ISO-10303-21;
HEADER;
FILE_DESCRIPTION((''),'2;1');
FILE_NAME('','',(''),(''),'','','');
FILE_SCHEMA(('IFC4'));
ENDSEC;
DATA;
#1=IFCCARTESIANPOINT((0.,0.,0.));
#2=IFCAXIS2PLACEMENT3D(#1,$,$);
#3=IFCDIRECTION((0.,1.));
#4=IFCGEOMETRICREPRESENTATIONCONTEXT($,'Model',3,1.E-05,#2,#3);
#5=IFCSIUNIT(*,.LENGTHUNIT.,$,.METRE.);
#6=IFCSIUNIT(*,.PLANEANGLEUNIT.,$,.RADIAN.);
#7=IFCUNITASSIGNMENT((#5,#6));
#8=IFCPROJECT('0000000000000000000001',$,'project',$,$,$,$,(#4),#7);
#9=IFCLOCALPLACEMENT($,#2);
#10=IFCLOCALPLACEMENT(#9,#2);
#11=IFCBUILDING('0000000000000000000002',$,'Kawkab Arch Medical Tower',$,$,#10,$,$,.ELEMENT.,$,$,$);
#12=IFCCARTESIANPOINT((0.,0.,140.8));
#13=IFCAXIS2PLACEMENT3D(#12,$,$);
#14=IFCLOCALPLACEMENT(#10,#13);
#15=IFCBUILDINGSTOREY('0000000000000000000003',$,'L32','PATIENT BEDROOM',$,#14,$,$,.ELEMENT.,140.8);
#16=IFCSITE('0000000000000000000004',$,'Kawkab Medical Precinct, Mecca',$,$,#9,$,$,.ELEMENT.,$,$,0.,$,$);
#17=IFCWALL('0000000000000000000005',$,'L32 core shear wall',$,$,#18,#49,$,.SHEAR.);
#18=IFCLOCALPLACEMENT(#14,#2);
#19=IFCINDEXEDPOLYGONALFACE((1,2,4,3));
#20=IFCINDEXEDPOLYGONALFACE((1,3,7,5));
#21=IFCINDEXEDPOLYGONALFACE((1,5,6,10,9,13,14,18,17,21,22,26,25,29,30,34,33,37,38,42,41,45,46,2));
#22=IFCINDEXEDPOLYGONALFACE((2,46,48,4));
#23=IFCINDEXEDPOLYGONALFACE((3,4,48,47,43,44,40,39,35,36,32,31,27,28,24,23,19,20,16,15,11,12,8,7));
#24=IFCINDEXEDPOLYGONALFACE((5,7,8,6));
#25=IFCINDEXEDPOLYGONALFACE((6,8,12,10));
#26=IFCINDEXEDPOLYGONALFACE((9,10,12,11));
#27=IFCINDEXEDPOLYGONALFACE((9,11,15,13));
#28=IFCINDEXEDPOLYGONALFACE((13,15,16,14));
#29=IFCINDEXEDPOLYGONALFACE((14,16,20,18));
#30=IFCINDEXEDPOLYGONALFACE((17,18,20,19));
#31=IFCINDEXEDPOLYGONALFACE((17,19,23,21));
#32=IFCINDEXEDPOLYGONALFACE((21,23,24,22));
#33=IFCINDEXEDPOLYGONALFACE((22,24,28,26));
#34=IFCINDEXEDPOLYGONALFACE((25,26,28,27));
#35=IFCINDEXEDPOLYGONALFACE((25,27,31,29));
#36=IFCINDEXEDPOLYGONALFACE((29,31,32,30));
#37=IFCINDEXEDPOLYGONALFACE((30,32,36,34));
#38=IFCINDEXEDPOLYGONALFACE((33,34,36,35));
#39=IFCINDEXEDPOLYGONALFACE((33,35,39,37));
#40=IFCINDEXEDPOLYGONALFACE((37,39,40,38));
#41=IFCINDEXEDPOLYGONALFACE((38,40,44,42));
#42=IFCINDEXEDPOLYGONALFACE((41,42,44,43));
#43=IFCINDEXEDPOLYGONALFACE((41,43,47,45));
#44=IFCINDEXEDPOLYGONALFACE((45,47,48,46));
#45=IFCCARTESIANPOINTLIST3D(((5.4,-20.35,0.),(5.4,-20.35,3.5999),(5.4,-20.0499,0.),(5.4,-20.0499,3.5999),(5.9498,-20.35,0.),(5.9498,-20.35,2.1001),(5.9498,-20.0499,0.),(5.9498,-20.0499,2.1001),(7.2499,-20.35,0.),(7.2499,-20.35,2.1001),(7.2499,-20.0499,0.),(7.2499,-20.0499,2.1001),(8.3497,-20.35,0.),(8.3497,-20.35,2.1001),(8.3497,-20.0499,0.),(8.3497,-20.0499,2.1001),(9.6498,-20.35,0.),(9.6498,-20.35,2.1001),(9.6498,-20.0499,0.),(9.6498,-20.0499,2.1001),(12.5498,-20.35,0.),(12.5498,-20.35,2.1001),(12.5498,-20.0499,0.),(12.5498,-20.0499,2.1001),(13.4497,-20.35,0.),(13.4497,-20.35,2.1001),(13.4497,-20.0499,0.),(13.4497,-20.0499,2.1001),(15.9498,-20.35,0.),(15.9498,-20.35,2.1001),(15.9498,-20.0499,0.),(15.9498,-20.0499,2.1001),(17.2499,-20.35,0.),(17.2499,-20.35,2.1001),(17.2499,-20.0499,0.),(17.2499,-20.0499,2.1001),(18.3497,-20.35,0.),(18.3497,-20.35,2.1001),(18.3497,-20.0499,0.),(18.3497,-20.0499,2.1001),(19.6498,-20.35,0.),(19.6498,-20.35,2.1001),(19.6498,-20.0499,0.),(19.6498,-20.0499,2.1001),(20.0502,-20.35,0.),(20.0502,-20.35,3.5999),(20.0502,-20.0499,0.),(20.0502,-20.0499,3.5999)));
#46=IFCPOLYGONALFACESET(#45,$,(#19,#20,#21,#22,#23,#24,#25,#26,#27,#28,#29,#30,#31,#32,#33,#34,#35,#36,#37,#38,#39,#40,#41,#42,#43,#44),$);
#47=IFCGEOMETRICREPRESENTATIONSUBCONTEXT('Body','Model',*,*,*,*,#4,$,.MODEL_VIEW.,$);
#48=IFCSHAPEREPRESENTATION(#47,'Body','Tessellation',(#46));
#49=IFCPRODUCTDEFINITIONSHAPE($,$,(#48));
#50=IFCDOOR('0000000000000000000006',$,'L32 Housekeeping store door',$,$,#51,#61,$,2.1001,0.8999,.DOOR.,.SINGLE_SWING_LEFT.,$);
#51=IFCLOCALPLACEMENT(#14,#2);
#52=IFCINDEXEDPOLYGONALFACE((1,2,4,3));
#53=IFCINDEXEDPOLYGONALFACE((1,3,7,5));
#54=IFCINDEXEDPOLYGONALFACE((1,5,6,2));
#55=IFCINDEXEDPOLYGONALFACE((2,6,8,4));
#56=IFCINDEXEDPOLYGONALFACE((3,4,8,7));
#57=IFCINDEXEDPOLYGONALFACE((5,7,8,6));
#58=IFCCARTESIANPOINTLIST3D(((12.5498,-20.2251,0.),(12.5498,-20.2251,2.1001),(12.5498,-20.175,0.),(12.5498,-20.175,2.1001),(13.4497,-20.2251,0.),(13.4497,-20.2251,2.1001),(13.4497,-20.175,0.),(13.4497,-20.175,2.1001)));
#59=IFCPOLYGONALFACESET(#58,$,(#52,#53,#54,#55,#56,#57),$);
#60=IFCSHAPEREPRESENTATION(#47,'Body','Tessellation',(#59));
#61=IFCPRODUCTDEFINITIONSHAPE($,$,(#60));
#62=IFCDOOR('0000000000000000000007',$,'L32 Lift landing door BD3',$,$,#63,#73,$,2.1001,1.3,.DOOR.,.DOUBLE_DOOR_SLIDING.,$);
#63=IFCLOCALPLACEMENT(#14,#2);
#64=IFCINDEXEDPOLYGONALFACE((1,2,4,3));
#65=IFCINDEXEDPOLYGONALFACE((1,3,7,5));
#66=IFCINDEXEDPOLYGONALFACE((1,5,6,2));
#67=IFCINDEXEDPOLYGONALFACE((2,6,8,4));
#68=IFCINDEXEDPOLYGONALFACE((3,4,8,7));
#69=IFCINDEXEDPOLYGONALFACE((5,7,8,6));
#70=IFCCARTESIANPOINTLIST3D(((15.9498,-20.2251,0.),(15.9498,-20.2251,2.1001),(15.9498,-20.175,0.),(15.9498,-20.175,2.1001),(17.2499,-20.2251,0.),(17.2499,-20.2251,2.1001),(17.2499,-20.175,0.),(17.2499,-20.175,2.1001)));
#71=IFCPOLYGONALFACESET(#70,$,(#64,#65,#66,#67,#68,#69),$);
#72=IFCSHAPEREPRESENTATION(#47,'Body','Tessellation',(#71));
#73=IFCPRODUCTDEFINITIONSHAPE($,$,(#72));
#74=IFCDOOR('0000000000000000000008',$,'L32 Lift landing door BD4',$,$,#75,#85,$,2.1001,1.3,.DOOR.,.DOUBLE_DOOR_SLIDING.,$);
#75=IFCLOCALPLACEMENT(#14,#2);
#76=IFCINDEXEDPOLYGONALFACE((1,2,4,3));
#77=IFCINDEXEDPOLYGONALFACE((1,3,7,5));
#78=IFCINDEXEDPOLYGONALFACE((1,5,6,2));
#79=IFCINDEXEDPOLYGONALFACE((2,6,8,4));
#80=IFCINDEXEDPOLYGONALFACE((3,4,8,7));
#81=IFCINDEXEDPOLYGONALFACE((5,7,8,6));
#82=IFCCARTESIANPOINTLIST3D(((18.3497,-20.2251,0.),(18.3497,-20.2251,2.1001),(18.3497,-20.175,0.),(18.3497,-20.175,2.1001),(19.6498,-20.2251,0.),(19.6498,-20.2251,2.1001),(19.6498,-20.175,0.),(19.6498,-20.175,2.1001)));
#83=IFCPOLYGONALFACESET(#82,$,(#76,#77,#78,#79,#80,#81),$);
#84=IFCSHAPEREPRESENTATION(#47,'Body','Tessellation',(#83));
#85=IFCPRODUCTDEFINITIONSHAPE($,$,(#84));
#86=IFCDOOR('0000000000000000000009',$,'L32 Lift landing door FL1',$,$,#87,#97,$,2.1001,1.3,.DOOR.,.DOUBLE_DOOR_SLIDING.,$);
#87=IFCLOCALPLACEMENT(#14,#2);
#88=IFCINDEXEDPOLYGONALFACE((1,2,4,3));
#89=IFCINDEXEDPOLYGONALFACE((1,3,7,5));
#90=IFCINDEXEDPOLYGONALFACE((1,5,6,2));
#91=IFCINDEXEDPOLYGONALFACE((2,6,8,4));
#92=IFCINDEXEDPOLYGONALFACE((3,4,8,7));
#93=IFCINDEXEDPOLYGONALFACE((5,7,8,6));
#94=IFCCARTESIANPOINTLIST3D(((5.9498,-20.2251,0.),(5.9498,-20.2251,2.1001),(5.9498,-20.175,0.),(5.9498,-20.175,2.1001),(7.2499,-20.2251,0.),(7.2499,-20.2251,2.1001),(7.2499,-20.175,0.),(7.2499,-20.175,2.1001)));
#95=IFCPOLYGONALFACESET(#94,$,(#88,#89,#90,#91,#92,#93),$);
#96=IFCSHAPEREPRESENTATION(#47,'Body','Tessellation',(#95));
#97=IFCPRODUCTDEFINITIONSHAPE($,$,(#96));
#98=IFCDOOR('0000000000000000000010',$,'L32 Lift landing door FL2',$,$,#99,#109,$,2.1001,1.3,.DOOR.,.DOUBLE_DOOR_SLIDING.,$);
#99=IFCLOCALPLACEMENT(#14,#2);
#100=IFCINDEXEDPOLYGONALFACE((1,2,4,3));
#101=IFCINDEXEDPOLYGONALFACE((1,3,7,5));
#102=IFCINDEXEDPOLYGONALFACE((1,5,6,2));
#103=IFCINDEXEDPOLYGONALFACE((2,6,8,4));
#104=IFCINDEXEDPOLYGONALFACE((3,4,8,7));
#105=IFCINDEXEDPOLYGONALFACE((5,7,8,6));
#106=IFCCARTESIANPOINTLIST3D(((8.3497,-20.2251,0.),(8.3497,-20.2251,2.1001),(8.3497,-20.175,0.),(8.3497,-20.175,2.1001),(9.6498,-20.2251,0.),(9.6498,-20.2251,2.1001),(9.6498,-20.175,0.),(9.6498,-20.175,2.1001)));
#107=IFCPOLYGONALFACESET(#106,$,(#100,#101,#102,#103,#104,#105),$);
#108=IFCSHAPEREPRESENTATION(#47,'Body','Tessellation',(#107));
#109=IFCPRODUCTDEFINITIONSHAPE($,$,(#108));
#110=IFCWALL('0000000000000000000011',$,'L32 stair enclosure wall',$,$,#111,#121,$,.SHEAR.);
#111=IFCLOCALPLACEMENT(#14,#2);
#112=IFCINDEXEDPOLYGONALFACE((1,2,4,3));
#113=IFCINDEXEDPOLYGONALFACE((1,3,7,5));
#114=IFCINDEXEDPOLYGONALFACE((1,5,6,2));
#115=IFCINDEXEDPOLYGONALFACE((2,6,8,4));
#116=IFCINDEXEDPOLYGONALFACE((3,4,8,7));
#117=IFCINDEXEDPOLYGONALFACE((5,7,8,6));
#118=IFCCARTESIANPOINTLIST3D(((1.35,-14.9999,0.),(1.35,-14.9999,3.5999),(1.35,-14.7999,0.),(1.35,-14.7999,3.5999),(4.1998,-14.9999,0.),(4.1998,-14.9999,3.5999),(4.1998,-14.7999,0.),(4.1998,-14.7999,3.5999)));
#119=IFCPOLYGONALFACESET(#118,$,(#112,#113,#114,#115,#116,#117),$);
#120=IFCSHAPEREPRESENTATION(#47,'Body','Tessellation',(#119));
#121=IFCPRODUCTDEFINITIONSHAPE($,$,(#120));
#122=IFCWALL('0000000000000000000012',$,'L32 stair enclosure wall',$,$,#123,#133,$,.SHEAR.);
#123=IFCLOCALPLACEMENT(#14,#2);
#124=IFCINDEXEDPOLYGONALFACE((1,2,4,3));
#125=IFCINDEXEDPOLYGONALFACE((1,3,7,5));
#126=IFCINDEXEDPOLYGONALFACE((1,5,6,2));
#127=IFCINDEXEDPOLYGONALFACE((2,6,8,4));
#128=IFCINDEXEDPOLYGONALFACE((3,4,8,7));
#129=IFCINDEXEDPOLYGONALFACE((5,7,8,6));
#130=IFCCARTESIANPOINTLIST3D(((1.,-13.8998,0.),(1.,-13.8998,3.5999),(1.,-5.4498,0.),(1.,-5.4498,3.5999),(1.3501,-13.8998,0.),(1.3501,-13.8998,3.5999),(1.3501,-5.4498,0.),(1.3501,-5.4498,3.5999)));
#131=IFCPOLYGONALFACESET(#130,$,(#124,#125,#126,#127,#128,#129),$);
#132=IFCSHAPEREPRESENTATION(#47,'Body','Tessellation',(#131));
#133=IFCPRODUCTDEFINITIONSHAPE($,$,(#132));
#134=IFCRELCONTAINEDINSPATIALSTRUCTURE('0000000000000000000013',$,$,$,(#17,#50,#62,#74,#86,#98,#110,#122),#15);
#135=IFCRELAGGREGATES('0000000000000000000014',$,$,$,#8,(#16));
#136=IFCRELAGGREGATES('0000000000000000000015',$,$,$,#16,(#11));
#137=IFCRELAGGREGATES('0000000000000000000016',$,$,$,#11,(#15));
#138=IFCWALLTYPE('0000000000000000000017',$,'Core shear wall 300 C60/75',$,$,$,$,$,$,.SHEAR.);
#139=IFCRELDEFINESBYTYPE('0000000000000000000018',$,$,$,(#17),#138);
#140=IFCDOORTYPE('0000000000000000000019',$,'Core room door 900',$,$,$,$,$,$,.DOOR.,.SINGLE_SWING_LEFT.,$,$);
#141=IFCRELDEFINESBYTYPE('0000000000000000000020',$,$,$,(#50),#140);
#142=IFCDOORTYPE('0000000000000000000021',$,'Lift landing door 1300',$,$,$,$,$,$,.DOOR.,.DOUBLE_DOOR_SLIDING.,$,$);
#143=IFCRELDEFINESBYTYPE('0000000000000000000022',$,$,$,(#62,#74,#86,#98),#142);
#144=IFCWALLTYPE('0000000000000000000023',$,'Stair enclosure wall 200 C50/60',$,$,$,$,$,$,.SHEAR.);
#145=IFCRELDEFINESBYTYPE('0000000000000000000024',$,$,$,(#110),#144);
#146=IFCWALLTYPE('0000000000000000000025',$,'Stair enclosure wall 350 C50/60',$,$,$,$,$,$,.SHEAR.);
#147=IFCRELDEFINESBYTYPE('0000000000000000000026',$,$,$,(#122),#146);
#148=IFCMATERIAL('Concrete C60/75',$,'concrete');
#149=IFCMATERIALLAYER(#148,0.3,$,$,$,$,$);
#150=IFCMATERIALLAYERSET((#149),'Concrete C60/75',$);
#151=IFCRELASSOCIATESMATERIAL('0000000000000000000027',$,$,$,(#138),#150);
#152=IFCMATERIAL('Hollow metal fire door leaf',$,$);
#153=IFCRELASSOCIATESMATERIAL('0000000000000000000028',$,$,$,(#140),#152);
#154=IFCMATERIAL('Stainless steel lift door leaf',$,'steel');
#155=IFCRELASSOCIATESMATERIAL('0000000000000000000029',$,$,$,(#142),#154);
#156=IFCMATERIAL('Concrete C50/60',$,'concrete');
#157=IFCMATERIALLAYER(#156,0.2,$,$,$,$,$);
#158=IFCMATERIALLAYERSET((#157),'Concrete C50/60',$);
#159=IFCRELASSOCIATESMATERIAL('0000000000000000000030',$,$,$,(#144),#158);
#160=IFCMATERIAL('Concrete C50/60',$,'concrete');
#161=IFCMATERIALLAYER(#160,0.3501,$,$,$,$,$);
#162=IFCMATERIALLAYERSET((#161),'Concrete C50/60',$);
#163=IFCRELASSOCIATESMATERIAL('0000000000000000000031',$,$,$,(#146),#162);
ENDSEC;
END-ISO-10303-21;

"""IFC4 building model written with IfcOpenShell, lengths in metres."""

from ifc_helpers import new_model, si_unit, direction, frame, frame_2d, origin, place, context, subcontext, project, spatial, rectangle, extrude, material, layer, layer_set, type_object, element, fill, save


model = new_model("IFC4")

# Units and contexts
model_context = context("Model", 3, precision=1e-05, world=origin(), true_north=direction((0.0, 1.0)))
body_context = subcontext(model_context, "Body", "Model", "MODEL_VIEW")
ifc_project = project(units=[si_unit("LENGTHUNIT", "METRE"), si_unit("PLANEANGLEUNIT", "RADIAN")], contexts=[model_context])

# Site, building, storey
site_placement = place(None, origin())
site = spatial("IfcSite", under=ifc_project, at=site_placement, Name="Kawkab Medical Precinct, Mecca", CompositionType="ELEMENT", RefElevation=0.0)
building_placement = place(site_placement, origin())
building = spatial("IfcBuilding", under=site, at=building_placement, Name="Kawkab Arch Medical Tower", CompositionType="ELEMENT")
storey_placement = place(building_placement, frame((0.0, 0.0, 140.8)))
storey = spatial("IfcBuildingStorey", under=building, at=storey_placement, Name="L32", Description="PATIENT BEDROOM", CompositionType="ELEMENT", Elevation=140.8)

# Shared definitions
ifc_material_1 = material(Name="Concrete C60/75", Category="concrete")
ifc_layer_1 = layer(ifc_material_1, 0.3)
ifc_layer_set_1 = layer_set([ifc_layer_1], Name="Concrete C60/75")
wall_type_1 = type_object("IfcWallType", Name="Core shear wall 300 C60/75", PredefinedType="SHEAR", material=ifc_layer_set_1)

# Wall, openings, doors
wall_1_placement = place(storey_placement, frame((5.3999, -20.2, 0.0), z_axis=(0.0, 0.0, 1.0), x_axis=(1.0, 0.0, 0.0)))
wall_1 = element("IfcWall", 1, at=wall_1_placement, inside=storey, type_object=wall_type_1, Name="L32 core shear wall", PredefinedType="SHEAR", context=body_context, shape_type="SweptSolid", body=[
    extrude(rectangle(XDim=14.6501, YDim=0.3, at=frame_2d((7.3252, 0.0))), origin(), (0.0, 0.0, 1.0), 3.5999),
])
opening_1_placement = place(wall_1_placement, frame((10.55, 0.0, 0.0)))
opening_1 = element("IfcOpeningElement", 2, at=opening_1_placement, cuts=wall_1, PredefinedType="OPENING", context=body_context, shape_type="SweptSolid", body=[
    extrude(rectangle(XDim=1.3, YDim=2.1001, at=frame_2d((0.6499, 1.05))), frame((0.0, 0.1599, 0.0), z_axis=(0.0, -1.0, 0.0), x_axis=(1.0, 0.0, 0.0)), (0.0, 0.0, 1.0), 0.3201),
])
opening_2_placement = place(wall_1_placement, frame((12.95, 0.0, 0.0)))
opening_2 = element("IfcOpeningElement", 3, at=opening_2_placement, cuts=wall_1, PredefinedType="OPENING", context=body_context, shape_type="SweptSolid", body=[
    extrude(rectangle(XDim=1.3, YDim=2.1001, at=frame_2d((0.6499, 1.05))), frame((0.0, 0.1599, 0.0), z_axis=(0.0, -1.0, 0.0), x_axis=(1.0, 0.0, 0.0)), (0.0, 0.0, 1.0), 0.3201),
])
opening_3_placement = place(wall_1_placement, frame((0.55, 0.0, 0.0)))
opening_3 = element("IfcOpeningElement", 4, at=opening_3_placement, cuts=wall_1, PredefinedType="OPENING", context=body_context, shape_type="SweptSolid", body=[
    extrude(rectangle(XDim=1.3, YDim=2.1001, at=frame_2d((0.6499, 1.05))), frame((0.0, 0.1599, 0.0), z_axis=(0.0, -1.0, 0.0), x_axis=(1.0, 0.0, 0.0)), (0.0, 0.0, 1.0), 0.3201),
])
opening_4_placement = place(wall_1_placement, frame((2.95, 0.0, 0.0)))
opening_4 = element("IfcOpeningElement", 5, at=opening_4_placement, cuts=wall_1, PredefinedType="OPENING", context=body_context, shape_type="SweptSolid", body=[
    extrude(rectangle(XDim=1.3, YDim=2.1001, at=frame_2d((0.6499, 1.05))), frame((0.0, 0.1599, 0.0), z_axis=(0.0, -1.0, 0.0), x_axis=(1.0, 0.0, 0.0)), (0.0, 0.0, 1.0), 0.3201),
])
opening_5_placement = place(wall_1_placement, frame((7.1499, 0.0, 0.0)))
opening_5 = element("IfcOpeningElement", 6, at=opening_5_placement, cuts=wall_1, PredefinedType="OPENING", context=body_context, shape_type="SweptSolid", body=[
    extrude(rectangle(XDim=0.8999, YDim=2.1001, at=frame_2d((0.45, 1.05))), frame((0.0, 0.1599, 0.0), z_axis=(0.0, -1.0, 0.0), x_axis=(1.0, 0.0, 0.0)), (0.0, 0.0, 1.0), 0.3201),
])
ifc_material_2 = material(Name="Hollow metal fire door leaf")
door_type_1 = type_object("IfcDoorType", Name="Core room door 900", OperationType="SINGLE_SWING_LEFT", PredefinedType="DOOR", material=ifc_material_2)
door_1_placement = place(opening_5_placement, origin())
door_1 = element("IfcDoor", 7, at=door_1_placement, inside=storey, type_object=door_type_1, Name="L32 Housekeeping store door", OperationType="SINGLE_SWING_LEFT", OverallHeight=2.1001, OverallWidth=0.8999, PredefinedType="DOOR", context=body_context, shape_type="SweptSolid", body=[
    extrude(rectangle(XDim=0.8999, YDim=2.1001, at=frame_2d((0.45, 1.05))), frame((0.0, 0.0249, 0.0), z_axis=(0.0, -1.0, 0.0), x_axis=(1.0, 0.0, 0.0)), (0.0, 0.0, 1.0), 0.05),
])
fill(opening_5, door_1)
ifc_material_3 = material(Name="Stainless steel lift door leaf", Category="steel")
door_type_2 = type_object("IfcDoorType", Name="Lift landing door 1300", OperationType="DOUBLE_DOOR_SLIDING", PredefinedType="DOOR", material=ifc_material_3)
door_2_placement = place(opening_1_placement, origin())
door_2 = element("IfcDoor", 8, at=door_2_placement, inside=storey, type_object=door_type_2, Name="L32 Lift landing door BD3", OperationType="DOUBLE_DOOR_SLIDING", OverallHeight=2.1001, OverallWidth=1.3, PredefinedType="DOOR", context=body_context, shape_type="SweptSolid", body=[
    extrude(rectangle(XDim=1.3, YDim=2.1001, at=frame_2d((0.6499, 1.05))), frame((0.0, 0.0249, 0.0), z_axis=(0.0, -1.0, 0.0), x_axis=(1.0, 0.0, 0.0)), (0.0, 0.0, 1.0), 0.05),
])
fill(opening_1, door_2)
door_3_placement = place(opening_2_placement, origin())
door_3 = element("IfcDoor", 9, at=door_3_placement, inside=storey, type_object=door_type_2, Name="L32 Lift landing door BD4", OperationType="DOUBLE_DOOR_SLIDING", OverallHeight=2.1001, OverallWidth=1.3, PredefinedType="DOOR", context=body_context, shape_type="SweptSolid", body=[
    extrude(rectangle(XDim=1.3, YDim=2.1001, at=frame_2d((0.6499, 1.05))), frame((0.0, 0.0249, 0.0), z_axis=(0.0, -1.0, 0.0), x_axis=(1.0, 0.0, 0.0)), (0.0, 0.0, 1.0), 0.05),
])
fill(opening_2, door_3)
door_4_placement = place(opening_3_placement, origin())
door_4 = element("IfcDoor", 10, at=door_4_placement, inside=storey, type_object=door_type_2, Name="L32 Lift landing door FL1", OperationType="DOUBLE_DOOR_SLIDING", OverallHeight=2.1001, OverallWidth=1.3, PredefinedType="DOOR", context=body_context, shape_type="SweptSolid", body=[
    extrude(rectangle(XDim=1.3, YDim=2.1001, at=frame_2d((0.6499, 1.05))), frame((0.0, 0.0249, 0.0), z_axis=(0.0, -1.0, 0.0), x_axis=(1.0, 0.0, 0.0)), (0.0, 0.0, 1.0), 0.05),
])
fill(opening_3, door_4)
door_5_placement = place(opening_4_placement, origin())
door_5 = element("IfcDoor", 11, at=door_5_placement, inside=storey, type_object=door_type_2, Name="L32 Lift landing door FL2", OperationType="DOUBLE_DOOR_SLIDING", OverallHeight=2.1001, OverallWidth=1.3, PredefinedType="DOOR", context=body_context, shape_type="SweptSolid", body=[
    extrude(rectangle(XDim=1.3, YDim=2.1001, at=frame_2d((0.6499, 1.05))), frame((0.0, 0.0249, 0.0), z_axis=(0.0, -1.0, 0.0), x_axis=(1.0, 0.0, 0.0)), (0.0, 0.0, 1.0), 0.05),
])
fill(opening_4, door_5)

# Walls
ifc_material_4 = material(Name="Concrete C50/60", Category="concrete")
ifc_layer_2 = layer(ifc_material_4, 0.2)
ifc_layer_set_2 = layer_set([ifc_layer_2], Name="Concrete C50/60")
wall_type_2 = type_object("IfcWallType", Name="Stair enclosure wall 200 C50/60", PredefinedType="SHEAR", material=ifc_layer_set_2)
wall_2_placement = place(storey_placement, frame((1.3501, -14.8999, 0.0), z_axis=(0.0, 0.0, 1.0), x_axis=(1.0, 0.0, 0.0)))
element("IfcWall", 12, at=wall_2_placement, inside=storey, type_object=wall_type_2, Name="L32 stair enclosure wall", PredefinedType="SHEAR", context=body_context, shape_type="SweptSolid", body=[
    extrude(rectangle(XDim=2.8499, YDim=0.2, at=frame_2d((1.4248, 0.0))), origin(), (0.0, 0.0, 1.0), 3.5999),
])
ifc_material_5 = material(Name="Concrete C50/60", Category="concrete")
ifc_layer_3 = layer(ifc_material_5, 0.3501)
ifc_layer_set_3 = layer_set([ifc_layer_3], Name="Concrete C50/60")
wall_type_3 = type_object("IfcWallType", Name="Stair enclosure wall 350 C50/60", PredefinedType="SHEAR", material=ifc_layer_set_3)
wall_3_placement = place(storey_placement, frame((1.175, -13.8999, 0.0), z_axis=(0.0, 0.0, 1.0), x_axis=(0.0, 1.0, 0.0)))
element("IfcWall", 13, at=wall_3_placement, inside=storey, type_object=wall_type_3, Name="L32 stair enclosure wall", PredefinedType="SHEAR", context=body_context, shape_type="SweptSolid", body=[
    extrude(rectangle(XDim=8.45, YDim=0.3501, at=frame_2d((4.2251, 0.0))), origin(), (0.0, 0.0, 1.0), 3.5999),
])

save(model, "model.ifc")
